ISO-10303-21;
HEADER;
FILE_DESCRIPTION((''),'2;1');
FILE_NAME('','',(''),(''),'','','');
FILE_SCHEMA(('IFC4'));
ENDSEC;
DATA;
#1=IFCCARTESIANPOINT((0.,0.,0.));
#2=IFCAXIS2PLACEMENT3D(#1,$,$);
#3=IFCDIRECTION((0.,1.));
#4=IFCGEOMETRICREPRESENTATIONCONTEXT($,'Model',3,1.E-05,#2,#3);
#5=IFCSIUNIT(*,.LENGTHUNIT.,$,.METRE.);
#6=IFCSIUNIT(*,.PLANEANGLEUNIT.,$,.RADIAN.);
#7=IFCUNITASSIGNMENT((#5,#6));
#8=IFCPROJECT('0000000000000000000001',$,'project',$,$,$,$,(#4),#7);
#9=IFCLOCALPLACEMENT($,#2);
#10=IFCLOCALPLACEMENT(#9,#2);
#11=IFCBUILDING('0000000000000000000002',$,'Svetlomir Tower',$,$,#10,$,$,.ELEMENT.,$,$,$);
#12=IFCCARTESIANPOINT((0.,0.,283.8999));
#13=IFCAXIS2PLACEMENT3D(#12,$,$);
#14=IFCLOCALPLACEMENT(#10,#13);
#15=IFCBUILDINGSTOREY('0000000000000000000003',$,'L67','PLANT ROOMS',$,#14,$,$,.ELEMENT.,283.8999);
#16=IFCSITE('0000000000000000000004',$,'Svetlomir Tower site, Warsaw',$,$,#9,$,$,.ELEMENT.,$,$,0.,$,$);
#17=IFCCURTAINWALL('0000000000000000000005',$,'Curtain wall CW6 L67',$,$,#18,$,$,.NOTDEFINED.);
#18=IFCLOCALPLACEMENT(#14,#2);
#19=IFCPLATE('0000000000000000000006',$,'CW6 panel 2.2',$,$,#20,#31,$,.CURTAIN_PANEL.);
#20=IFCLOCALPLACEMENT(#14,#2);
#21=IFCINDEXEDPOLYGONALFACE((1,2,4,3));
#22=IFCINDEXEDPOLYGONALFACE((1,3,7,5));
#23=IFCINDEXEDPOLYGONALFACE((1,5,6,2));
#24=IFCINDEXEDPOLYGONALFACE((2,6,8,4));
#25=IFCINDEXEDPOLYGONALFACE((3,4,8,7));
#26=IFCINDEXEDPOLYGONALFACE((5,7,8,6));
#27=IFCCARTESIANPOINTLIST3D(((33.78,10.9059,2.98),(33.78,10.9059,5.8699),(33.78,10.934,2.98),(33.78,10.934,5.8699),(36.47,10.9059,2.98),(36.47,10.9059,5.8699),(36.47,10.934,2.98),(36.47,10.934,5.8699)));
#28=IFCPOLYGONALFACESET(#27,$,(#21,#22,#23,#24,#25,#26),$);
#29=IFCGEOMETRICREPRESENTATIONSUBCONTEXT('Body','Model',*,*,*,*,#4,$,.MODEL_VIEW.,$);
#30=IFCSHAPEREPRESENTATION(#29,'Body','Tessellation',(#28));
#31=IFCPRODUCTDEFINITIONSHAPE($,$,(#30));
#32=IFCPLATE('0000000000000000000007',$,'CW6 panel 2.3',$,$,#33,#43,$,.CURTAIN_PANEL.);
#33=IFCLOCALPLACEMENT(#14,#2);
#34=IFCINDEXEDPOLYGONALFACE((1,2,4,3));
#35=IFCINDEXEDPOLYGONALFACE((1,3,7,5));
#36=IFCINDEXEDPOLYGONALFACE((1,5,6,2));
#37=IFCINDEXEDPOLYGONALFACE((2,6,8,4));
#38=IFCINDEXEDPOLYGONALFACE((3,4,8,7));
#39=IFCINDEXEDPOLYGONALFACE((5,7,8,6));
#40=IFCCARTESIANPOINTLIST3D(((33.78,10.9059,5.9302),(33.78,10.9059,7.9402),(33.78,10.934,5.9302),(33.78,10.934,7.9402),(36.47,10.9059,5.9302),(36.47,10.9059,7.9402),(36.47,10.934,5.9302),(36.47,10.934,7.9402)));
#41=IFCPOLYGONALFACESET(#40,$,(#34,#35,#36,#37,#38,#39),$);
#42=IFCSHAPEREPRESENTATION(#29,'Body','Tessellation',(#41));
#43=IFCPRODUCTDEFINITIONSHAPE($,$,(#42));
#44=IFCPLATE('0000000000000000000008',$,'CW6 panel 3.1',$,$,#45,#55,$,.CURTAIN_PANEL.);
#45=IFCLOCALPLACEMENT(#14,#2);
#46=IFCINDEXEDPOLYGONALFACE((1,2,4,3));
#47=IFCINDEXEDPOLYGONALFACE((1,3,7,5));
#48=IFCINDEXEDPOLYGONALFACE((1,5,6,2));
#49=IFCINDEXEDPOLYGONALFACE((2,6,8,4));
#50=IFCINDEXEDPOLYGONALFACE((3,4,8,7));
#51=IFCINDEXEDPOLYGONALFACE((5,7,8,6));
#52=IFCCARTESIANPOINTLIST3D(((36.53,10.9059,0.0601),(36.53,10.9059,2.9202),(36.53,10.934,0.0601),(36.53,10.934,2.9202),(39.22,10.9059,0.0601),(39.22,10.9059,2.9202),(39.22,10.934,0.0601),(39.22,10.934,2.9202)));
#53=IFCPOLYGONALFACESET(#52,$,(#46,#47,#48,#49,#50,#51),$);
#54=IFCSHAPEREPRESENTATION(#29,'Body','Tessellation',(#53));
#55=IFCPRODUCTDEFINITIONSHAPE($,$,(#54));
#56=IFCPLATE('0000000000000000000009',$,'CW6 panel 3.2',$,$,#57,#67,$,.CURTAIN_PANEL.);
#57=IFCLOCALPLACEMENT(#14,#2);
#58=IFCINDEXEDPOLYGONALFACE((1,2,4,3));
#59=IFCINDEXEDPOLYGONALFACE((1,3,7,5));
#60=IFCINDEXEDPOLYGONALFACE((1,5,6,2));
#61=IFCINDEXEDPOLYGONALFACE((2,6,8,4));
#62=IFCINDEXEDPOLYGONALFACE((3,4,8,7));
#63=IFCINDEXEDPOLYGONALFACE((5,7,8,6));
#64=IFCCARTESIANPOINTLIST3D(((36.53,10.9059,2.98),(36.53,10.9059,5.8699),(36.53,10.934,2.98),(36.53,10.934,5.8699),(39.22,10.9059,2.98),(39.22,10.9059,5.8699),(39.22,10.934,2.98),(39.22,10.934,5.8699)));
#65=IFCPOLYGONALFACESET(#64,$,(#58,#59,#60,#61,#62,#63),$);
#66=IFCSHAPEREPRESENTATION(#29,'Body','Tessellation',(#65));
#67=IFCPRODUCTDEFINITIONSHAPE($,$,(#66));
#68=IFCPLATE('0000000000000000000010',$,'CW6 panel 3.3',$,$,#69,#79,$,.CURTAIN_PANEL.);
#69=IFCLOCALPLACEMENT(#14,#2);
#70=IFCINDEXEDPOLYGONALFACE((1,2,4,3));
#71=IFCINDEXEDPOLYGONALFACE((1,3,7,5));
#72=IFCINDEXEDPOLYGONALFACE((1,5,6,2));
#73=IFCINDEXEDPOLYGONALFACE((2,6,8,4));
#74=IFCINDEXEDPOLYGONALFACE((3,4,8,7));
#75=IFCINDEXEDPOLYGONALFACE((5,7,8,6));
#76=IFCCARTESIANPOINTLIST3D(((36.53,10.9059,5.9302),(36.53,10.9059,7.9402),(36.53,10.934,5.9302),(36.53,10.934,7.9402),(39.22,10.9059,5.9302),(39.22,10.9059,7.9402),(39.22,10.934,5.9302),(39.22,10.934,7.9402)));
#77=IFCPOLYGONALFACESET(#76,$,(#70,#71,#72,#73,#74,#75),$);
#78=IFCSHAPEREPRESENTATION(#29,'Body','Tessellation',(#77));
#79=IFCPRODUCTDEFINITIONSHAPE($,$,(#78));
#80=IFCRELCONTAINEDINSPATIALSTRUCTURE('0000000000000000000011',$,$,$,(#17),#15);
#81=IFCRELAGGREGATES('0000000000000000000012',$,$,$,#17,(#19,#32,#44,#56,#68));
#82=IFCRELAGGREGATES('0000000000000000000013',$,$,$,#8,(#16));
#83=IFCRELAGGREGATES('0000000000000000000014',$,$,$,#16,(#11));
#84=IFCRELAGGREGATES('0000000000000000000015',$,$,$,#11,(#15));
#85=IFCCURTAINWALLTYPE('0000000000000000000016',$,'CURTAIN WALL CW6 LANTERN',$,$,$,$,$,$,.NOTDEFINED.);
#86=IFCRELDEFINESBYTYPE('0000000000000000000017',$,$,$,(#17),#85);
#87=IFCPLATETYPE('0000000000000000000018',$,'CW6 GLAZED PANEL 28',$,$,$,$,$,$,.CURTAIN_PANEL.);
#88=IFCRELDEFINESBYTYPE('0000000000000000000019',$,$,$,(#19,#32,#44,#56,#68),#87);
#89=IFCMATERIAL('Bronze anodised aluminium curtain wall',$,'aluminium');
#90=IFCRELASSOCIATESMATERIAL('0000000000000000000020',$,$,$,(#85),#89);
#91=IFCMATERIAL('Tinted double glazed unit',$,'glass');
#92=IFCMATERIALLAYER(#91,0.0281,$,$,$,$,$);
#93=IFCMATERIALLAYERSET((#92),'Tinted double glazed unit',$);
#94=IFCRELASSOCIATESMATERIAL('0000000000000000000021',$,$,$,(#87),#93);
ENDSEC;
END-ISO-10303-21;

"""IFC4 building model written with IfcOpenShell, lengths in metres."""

from ifc_helpers import new_model, si_unit, direction, frame, origin, origin_2d, place, context, subcontext, project, spatial, rectangle, extrude, material, layer, layer_set, type_object, element, aggregate, save


model = new_model("IFC4")

# Units and contexts
model_context = context("Model", 3, precision=1e-05, world=origin(), true_north=direction((0.0, 1.0)))
body_context = subcontext(model_context, "Body", "Model", "MODEL_VIEW")
ifc_project = project(units=[si_unit("LENGTHUNIT", "METRE"), si_unit("PLANEANGLEUNIT", "RADIAN")], contexts=[model_context])

# Site, building, storey
site_placement = place(None, origin())
site = spatial("IfcSite", under=ifc_project, at=site_placement, Name="Svetlomir Tower site, Warsaw", CompositionType="ELEMENT", RefElevation=0.0)
building_placement = place(site_placement, origin())
building = spatial("IfcBuilding", under=site, at=building_placement, Name="Svetlomir Tower", CompositionType="ELEMENT")
storey_placement = place(building_placement, frame((0.0, 0.0, 283.8999)))
storey = spatial("IfcBuildingStorey", under=building, at=storey_placement, Name="L67", Description="PLANT ROOMS", CompositionType="ELEMENT", Elevation=283.8999)

# Shared definitions
ifc_material_1 = material(Name="Bronze anodised aluminium curtain wall", Category="aluminium")
curtain_wall_type = type_object("IfcCurtainWallType", Name="CURTAIN WALL CW6 LANTERN", PredefinedType="NOTDEFINED", material=ifc_material_1)

# Curtain wall
curtain_wall_1_placement = place(storey_placement, origin())
curtain_wall_1 = element("IfcCurtainWall", 1, at=curtain_wall_1_placement, inside=storey, type_object=curtain_wall_type, Name="Curtain wall CW6 L67", PredefinedType="NOTDEFINED")

# Plates
ifc_material_2 = material(Name="Tinted double glazed unit", Category="glass")
ifc_layer = layer(ifc_material_2, 0.0281)
ifc_layer_set = layer_set([ifc_layer], Name="Tinted double glazed unit")
plate_type = type_object("IfcPlateType", Name="CW6 GLAZED PANEL 28", PredefinedType="CURTAIN_PANEL", material=ifc_layer_set)
plate_1_placement = place(storey_placement, frame((35.125, 10.9199, 2.98), z_axis=(0.0, 0.0, 1.0), x_axis=(1.0, 0.0, 0.0)))
plate_1 = element("IfcPlate", 2, at=plate_1_placement, type_object=plate_type, Name="CW6 panel 2.2", PredefinedType="CURTAIN_PANEL", context=body_context, shape_type="SweptSolid", body=[
    extrude(rectangle(XDim=2.6899, YDim=0.0281, at=origin_2d()), origin(), (0.0, 0.0, 1.0), 2.8899),
])
plate_2_placement = place(storey_placement, frame((35.125, 10.9199, 5.9302), z_axis=(0.0, 0.0, 1.0), x_axis=(1.0, 0.0, 0.0)))
plate_2 = element("IfcPlate", 3, at=plate_2_placement, type_object=plate_type, Name="CW6 panel 2.3", PredefinedType="CURTAIN_PANEL", context=body_context, shape_type="SweptSolid", body=[
    extrude(rectangle(XDim=2.6899, YDim=0.0281, at=origin_2d()), origin(), (0.0, 0.0, 1.0), 2.01),
])
plate_3_placement = place(storey_placement, frame((37.875, 10.9199, 0.0601), z_axis=(0.0, 0.0, 1.0), x_axis=(1.0, 0.0, 0.0)))
plate_3 = element("IfcPlate", 4, at=plate_3_placement, type_object=plate_type, Name="CW6 panel 3.1", PredefinedType="CURTAIN_PANEL", context=body_context, shape_type="SweptSolid", body=[
    extrude(rectangle(XDim=2.6899, YDim=0.0281, at=origin_2d()), origin(), (0.0, 0.0, 1.0), 2.8601),
])
plate_4_placement = place(storey_placement, frame((37.875, 10.9199, 2.98), z_axis=(0.0, 0.0, 1.0), x_axis=(1.0, 0.0, 0.0)))
plate_4 = element("IfcPlate", 5, at=plate_4_placement, type_object=plate_type, Name="CW6 panel 3.2", PredefinedType="CURTAIN_PANEL", context=body_context, shape_type="SweptSolid", body=[
    extrude(rectangle(XDim=2.6899, YDim=0.0281, at=origin_2d()), origin(), (0.0, 0.0, 1.0), 2.8899),
])
plate_5_placement = place(storey_placement, frame((37.875, 10.9199, 5.9302), z_axis=(0.0, 0.0, 1.0), x_axis=(1.0, 0.0, 0.0)))
plate_5 = element("IfcPlate", 6, at=plate_5_placement, type_object=plate_type, Name="CW6 panel 3.3", PredefinedType="CURTAIN_PANEL", context=body_context, shape_type="SweptSolid", body=[
    extrude(rectangle(XDim=2.6899, YDim=0.0281, at=origin_2d()), origin(), (0.0, 0.0, 1.0), 2.01),
])
aggregate(curtain_wall_1, [plate_1, plate_2, plate_3, plate_4, plate_5])

save(model, "model.ifc")
